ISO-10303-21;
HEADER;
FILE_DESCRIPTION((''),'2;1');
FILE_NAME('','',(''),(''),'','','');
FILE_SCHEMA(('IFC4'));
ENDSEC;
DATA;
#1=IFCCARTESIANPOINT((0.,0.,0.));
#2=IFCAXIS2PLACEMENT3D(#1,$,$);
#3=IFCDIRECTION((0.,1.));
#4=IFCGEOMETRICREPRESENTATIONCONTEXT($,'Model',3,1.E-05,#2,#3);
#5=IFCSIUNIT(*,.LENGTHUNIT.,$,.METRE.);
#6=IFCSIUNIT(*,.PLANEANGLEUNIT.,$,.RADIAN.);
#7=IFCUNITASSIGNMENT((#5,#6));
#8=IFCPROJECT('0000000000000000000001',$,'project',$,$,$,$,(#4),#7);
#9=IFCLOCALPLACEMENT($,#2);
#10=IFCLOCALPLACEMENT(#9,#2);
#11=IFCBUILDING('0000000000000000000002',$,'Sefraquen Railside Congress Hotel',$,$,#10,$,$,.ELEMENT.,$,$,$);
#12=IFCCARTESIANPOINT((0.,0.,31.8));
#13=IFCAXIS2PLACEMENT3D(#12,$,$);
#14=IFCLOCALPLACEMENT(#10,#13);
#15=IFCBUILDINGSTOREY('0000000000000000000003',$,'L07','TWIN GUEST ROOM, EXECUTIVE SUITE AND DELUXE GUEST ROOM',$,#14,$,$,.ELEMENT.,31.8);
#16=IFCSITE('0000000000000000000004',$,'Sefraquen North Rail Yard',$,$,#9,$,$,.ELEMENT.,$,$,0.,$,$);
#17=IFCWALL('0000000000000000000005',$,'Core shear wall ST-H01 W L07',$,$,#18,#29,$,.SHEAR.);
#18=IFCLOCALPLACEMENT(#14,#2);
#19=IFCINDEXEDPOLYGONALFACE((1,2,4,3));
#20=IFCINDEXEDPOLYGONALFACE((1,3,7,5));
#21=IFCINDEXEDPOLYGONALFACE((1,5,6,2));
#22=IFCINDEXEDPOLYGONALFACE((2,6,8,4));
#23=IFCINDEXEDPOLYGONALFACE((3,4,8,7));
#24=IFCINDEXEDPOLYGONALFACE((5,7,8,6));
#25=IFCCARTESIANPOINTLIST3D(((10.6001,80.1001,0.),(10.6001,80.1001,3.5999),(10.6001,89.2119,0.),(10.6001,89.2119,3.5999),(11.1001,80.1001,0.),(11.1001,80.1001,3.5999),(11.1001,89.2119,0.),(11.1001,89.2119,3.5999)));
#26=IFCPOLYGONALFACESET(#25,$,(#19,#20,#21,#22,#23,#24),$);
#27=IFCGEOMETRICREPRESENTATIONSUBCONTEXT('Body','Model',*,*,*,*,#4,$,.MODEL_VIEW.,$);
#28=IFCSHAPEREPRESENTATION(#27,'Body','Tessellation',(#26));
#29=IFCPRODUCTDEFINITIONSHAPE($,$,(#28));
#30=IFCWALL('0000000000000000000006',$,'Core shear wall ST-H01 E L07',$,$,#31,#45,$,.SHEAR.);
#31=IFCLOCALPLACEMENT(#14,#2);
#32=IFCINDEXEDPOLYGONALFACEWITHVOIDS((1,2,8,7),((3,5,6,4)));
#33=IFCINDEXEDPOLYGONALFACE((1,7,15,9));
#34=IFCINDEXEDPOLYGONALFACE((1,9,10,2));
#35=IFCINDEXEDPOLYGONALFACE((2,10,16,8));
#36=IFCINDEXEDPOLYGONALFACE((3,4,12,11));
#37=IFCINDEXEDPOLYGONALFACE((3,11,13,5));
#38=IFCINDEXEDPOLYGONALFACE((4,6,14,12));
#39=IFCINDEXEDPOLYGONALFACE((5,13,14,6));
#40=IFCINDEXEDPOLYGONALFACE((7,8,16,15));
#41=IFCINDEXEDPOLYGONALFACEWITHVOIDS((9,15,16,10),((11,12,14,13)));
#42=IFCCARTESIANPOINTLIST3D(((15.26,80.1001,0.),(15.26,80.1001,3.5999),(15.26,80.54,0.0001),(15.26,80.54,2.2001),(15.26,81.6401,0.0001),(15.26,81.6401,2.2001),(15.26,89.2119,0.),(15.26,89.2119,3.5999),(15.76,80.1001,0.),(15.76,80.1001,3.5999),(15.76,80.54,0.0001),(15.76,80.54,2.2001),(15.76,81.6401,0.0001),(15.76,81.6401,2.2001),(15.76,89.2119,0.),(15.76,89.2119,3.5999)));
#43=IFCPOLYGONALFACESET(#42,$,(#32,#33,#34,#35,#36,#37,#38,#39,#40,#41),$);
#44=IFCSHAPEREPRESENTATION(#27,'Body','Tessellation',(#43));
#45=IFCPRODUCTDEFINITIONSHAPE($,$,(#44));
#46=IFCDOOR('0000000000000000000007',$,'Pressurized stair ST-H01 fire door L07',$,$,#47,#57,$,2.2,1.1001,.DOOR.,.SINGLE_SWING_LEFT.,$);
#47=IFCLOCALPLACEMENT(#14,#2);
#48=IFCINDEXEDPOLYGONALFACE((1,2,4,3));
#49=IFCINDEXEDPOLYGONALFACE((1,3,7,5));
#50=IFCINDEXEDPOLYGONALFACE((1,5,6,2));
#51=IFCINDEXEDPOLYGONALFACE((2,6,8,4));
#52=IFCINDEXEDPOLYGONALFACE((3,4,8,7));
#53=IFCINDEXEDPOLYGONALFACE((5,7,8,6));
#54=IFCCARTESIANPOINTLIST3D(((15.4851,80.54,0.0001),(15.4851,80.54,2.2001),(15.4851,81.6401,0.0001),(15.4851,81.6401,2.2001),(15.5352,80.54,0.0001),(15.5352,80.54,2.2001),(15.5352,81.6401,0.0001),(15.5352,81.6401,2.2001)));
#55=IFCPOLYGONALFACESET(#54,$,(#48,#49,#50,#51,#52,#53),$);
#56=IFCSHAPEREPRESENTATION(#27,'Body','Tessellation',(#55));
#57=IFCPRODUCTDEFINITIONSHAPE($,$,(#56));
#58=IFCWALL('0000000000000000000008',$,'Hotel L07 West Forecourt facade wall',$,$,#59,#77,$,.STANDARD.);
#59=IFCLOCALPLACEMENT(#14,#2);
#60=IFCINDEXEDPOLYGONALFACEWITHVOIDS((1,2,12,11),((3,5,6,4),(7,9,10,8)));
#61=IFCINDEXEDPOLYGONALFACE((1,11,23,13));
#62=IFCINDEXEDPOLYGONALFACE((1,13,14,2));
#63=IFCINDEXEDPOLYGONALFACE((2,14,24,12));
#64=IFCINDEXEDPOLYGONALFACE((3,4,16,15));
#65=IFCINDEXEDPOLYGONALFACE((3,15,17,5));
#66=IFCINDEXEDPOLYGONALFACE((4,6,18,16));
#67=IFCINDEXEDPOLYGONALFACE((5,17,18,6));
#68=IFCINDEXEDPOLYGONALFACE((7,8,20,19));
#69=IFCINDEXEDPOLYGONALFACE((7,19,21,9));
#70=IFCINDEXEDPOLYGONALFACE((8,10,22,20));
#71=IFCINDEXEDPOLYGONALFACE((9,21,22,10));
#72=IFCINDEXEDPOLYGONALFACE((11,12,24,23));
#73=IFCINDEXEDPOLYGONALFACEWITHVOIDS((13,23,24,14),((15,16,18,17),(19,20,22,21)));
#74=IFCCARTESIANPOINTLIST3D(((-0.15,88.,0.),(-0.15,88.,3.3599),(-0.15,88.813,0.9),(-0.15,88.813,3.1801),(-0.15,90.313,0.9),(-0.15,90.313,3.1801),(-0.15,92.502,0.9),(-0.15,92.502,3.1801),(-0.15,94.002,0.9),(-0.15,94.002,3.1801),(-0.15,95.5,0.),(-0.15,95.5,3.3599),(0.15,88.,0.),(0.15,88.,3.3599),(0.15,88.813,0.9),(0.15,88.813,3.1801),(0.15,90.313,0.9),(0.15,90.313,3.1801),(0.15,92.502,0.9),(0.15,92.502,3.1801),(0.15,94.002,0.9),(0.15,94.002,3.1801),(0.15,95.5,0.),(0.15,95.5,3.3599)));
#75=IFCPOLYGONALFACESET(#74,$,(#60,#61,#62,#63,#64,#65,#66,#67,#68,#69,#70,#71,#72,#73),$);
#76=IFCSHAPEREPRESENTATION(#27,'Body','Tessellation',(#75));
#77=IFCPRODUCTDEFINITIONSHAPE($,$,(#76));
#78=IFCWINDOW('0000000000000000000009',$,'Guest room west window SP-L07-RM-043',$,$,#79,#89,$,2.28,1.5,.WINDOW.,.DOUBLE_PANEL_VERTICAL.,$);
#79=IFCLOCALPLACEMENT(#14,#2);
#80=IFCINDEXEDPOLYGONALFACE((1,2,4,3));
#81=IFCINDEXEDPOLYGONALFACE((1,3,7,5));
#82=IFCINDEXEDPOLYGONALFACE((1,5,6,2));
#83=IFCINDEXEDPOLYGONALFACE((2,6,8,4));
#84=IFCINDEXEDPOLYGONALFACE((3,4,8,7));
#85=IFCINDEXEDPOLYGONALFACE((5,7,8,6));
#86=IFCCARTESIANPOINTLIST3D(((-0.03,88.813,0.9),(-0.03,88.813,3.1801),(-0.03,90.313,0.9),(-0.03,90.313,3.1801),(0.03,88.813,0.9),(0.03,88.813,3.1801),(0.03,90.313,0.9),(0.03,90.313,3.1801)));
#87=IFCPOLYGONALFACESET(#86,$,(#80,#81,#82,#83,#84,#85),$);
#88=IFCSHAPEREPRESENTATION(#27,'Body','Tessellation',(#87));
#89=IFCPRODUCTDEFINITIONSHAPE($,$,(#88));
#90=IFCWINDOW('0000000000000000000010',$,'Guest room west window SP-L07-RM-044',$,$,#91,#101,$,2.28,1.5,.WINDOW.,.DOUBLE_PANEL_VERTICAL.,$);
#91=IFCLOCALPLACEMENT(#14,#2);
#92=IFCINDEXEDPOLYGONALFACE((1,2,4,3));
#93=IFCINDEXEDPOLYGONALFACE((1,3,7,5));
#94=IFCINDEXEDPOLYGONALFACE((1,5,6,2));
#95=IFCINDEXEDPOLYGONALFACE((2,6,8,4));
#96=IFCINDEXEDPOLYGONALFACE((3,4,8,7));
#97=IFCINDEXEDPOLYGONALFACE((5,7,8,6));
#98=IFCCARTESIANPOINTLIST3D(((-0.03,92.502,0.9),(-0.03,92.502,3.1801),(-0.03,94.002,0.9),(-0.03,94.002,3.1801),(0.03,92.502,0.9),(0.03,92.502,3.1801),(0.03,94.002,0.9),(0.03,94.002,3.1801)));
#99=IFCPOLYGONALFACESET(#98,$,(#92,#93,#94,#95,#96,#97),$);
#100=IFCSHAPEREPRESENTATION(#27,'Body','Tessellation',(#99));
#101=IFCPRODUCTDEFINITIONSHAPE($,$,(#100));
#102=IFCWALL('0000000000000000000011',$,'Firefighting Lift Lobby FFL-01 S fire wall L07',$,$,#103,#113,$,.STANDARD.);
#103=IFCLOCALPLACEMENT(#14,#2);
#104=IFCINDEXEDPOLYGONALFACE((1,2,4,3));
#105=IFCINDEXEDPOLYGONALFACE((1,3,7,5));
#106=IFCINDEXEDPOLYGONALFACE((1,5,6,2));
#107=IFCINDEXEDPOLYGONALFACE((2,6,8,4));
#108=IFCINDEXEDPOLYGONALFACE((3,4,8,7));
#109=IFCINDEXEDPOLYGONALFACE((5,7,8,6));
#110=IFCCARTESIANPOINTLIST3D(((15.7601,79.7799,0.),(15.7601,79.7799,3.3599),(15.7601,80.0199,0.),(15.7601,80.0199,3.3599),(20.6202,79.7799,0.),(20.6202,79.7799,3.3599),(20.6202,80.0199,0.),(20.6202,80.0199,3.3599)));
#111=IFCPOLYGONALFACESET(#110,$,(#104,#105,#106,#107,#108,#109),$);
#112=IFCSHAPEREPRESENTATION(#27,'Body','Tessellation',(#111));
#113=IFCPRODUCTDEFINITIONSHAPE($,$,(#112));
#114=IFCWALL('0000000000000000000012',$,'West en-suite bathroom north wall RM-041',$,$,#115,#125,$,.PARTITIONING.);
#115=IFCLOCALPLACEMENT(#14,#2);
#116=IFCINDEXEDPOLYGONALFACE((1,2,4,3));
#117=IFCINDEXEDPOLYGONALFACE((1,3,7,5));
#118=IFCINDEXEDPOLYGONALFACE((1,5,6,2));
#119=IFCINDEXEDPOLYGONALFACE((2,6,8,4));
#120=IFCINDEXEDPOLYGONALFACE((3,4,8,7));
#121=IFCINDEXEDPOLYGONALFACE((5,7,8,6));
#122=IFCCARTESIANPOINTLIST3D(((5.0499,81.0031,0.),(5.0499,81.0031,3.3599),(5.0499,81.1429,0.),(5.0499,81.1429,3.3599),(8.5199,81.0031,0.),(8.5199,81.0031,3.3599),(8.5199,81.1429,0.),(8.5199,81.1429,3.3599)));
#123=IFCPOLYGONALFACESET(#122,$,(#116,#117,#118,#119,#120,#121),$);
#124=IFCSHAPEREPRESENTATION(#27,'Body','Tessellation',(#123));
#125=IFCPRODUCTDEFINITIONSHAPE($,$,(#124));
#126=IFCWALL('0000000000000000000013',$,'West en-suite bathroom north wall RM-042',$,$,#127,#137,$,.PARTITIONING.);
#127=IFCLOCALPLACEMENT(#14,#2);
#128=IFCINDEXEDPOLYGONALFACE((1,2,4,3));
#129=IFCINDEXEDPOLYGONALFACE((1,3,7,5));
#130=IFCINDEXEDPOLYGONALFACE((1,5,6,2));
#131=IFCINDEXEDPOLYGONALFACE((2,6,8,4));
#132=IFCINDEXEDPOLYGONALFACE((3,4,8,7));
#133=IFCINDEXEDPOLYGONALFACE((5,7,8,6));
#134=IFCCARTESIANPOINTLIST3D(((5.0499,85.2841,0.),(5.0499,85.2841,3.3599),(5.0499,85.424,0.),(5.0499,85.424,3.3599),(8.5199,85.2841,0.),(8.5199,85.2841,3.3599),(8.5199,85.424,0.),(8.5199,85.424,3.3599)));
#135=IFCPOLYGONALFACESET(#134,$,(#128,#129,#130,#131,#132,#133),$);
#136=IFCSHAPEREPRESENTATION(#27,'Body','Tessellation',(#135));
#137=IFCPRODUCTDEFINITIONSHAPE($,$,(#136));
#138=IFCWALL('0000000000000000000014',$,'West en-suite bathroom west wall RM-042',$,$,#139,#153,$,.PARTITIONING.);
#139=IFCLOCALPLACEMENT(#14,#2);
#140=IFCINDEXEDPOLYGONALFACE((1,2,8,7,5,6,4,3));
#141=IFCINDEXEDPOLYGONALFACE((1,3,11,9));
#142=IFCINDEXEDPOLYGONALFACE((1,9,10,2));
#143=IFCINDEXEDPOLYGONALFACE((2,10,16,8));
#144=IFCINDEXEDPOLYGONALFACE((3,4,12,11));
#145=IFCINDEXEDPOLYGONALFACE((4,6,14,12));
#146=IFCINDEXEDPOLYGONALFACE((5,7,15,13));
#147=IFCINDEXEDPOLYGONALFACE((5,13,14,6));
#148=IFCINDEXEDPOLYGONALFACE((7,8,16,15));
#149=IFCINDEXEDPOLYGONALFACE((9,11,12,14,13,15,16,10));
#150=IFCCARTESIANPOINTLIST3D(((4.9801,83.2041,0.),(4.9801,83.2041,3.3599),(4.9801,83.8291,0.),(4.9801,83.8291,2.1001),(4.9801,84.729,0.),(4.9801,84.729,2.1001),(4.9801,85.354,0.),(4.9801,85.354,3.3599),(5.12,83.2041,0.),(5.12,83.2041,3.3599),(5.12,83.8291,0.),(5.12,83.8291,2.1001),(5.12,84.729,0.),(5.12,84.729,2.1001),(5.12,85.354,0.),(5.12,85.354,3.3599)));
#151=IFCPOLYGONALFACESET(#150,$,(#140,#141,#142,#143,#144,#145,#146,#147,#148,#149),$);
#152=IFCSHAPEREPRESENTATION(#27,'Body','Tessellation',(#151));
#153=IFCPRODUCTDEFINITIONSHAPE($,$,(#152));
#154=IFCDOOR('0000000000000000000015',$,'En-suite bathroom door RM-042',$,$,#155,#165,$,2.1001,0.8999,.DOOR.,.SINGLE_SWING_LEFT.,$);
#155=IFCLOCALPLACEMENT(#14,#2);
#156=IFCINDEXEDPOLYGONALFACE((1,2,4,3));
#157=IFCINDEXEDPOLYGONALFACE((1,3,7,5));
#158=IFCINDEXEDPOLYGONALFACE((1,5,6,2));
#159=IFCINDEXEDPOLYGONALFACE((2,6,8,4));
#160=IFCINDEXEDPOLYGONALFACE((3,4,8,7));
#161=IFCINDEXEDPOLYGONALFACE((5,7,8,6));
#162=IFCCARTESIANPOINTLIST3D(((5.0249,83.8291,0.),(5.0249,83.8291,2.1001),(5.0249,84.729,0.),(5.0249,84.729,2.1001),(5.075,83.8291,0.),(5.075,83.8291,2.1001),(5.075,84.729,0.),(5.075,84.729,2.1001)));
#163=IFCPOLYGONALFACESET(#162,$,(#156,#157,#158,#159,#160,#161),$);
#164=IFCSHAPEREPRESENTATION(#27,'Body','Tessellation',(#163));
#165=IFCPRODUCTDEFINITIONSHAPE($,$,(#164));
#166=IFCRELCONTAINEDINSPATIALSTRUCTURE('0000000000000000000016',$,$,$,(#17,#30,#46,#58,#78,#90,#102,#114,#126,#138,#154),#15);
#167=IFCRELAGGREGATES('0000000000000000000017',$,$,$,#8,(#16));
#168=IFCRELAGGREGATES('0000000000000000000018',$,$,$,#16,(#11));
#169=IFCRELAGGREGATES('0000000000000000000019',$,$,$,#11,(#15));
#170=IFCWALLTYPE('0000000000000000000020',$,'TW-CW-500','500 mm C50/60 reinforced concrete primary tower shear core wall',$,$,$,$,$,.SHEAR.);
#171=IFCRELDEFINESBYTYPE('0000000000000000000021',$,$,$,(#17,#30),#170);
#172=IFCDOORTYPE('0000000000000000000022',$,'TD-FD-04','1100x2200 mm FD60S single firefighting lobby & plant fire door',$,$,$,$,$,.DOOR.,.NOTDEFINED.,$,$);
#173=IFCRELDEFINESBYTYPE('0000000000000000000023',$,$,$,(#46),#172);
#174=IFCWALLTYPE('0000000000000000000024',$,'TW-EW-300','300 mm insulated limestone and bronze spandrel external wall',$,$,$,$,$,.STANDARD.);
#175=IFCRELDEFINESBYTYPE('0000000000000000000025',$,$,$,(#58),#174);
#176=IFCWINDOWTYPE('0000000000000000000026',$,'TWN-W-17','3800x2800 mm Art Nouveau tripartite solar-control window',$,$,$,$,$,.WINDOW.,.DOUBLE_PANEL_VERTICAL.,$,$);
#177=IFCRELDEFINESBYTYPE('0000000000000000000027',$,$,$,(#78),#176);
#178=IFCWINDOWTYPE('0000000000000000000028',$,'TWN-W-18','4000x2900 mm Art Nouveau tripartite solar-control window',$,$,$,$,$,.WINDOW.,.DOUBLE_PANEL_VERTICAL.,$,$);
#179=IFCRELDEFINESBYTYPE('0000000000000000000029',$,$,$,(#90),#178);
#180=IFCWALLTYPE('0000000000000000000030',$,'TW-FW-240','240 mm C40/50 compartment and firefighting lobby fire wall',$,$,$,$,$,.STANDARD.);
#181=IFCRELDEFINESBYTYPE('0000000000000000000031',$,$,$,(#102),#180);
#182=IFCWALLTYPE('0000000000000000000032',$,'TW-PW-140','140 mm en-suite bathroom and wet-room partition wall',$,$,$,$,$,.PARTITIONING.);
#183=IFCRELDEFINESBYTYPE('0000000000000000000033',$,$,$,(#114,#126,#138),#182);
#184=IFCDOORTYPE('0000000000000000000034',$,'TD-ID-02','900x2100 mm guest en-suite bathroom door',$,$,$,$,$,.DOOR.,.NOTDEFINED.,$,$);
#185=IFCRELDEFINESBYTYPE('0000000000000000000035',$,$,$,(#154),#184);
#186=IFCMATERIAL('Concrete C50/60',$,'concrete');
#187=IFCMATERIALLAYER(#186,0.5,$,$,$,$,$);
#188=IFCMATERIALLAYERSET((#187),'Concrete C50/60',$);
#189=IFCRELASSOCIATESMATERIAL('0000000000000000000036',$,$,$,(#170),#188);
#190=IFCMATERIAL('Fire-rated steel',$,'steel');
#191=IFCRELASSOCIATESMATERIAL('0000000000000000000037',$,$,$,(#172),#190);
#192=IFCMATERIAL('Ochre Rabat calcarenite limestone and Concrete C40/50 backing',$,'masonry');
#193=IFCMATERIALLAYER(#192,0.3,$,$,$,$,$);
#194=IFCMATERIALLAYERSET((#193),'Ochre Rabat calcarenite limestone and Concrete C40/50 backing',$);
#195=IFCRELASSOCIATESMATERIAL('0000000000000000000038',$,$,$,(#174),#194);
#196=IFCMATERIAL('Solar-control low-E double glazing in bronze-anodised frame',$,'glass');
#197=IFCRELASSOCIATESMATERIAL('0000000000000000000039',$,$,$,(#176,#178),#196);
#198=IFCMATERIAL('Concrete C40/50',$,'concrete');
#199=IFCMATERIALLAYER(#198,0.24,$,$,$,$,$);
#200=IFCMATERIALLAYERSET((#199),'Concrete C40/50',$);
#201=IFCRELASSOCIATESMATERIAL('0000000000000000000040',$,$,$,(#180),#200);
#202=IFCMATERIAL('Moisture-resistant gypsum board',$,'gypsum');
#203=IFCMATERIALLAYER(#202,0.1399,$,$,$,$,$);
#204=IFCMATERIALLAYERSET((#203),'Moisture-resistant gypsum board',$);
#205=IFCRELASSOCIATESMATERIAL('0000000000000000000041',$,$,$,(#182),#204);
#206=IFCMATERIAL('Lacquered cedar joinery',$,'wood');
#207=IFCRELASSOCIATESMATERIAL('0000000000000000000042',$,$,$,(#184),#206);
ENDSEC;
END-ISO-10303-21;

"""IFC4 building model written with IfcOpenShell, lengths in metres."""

from ifc_helpers import new_model, si_unit, direction, frame, frame_2d, origin, place, context, subcontext, project, spatial, rectangle, extrude, material, layer, layer_set, type_object, element, fill, save


model = new_model("IFC4")

# Units and contexts
model_context = context("Model", 3, precision=1e-05, world=origin(), true_north=direction((0.0, 1.0)))
body_context = subcontext(model_context, "Body", "Model", "MODEL_VIEW")
ifc_project = project(units=[si_unit("LENGTHUNIT", "METRE"), si_unit("PLANEANGLEUNIT", "RADIAN")], contexts=[model_context])

# Site, building, storey
site_placement = place(None, origin())
site = spatial("IfcSite", under=ifc_project, at=site_placement, Name="Sefraquen North Rail Yard", CompositionType="ELEMENT", RefElevation=0.0)
building_placement = place(site_placement, origin())
building = spatial("IfcBuilding", under=site, at=building_placement, Name="Sefraquen Railside Congress Hotel", CompositionType="ELEMENT")
storey_placement = place(building_placement, frame((0.0, 0.0, 31.8)))
storey = spatial("IfcBuildingStorey", under=building, at=storey_placement, Name="L07", Description="TWIN GUEST ROOM, EXECUTIVE SUITE AND DELUXE GUEST ROOM", CompositionType="ELEMENT", Elevation=31.8)

# Wall
ifc_material_1 = material(Name="Concrete C50/60", Category="concrete")
ifc_layer_1 = layer(ifc_material_1, 0.5)
ifc_layer_set_1 = layer_set([ifc_layer_1], Name="Concrete C50/60")
wall_type_1 = type_object("IfcWallType", Name="TW-CW-500", Description="500 mm C50/60 reinforced concrete primary tower shear core wall", PredefinedType="SHEAR", material=ifc_layer_set_1)
wall_1_placement = place(storey_placement, frame((10.8501, 80.1001, 0.0), z_axis=(0.0, 0.0, 1.0), x_axis=(0.0, 1.0, 0.0)))
element("IfcWall", 1, at=wall_1_placement, inside=storey, type_object=wall_type_1, Name="Core shear wall ST-H01 W L07", PredefinedType="SHEAR", context=body_context, shape_type="SweptSolid", body=[
    extrude(rectangle(XDim=9.1118, YDim=0.5, at=frame_2d((4.5559, 0.0))), origin(), (0.0, 0.0, 1.0), 3.5999),
])

# Wall, opening, door
wall_2_placement = place(storey_placement, frame((15.51, 80.1001, 0.0), z_axis=(0.0, 0.0, 1.0), x_axis=(0.0, 1.0, 0.0)))
wall_2 = element("IfcWall", 2, at=wall_2_placement, inside=storey, type_object=wall_type_1, Name="Core shear wall ST-H01 E L07", PredefinedType="SHEAR", context=body_context, shape_type="SweptSolid", body=[
    extrude(rectangle(XDim=9.1118, YDim=0.5, at=frame_2d((4.5559, 0.0))), origin(), (0.0, 0.0, 1.0), 3.5999),
])
opening_1_placement = place(wall_2_placement, frame((0.4399, 0.0, 0.0)))
opening_1 = element("IfcOpeningElement", 3, at=opening_1_placement, cuts=wall_2, PredefinedType="OPENING", context=body_context, shape_type="SweptSolid", body=[
    extrude(rectangle(XDim=1.1001, YDim=2.2, at=frame_2d((0.55, 1.1001))), frame((0.0, 0.26, 0.0), z_axis=(0.0, -1.0, 0.0), x_axis=(1.0, 0.0, 0.0)), (0.0, 0.0, 1.0), 0.52),
])
ifc_material_2 = material(Name="Fire-rated steel", Category="steel")
door_type_1 = type_object("IfcDoorType", Name="TD-FD-04", Description="1100x2200 mm FD60S single firefighting lobby & plant fire door", OperationType="NOTDEFINED", PredefinedType="DOOR", material=ifc_material_2)
door_1_placement = place(opening_1_placement, origin())
door_1 = element("IfcDoor", 4, at=door_1_placement, inside=storey, type_object=door_type_1, Name="Pressurized stair ST-H01 fire door L07", OperationType="SINGLE_SWING_LEFT", OverallHeight=2.2, OverallWidth=1.1001, PredefinedType="DOOR", context=body_context, shape_type="SweptSolid", body=[
    extrude(rectangle(XDim=1.1001, YDim=2.2, at=frame_2d((0.55, 1.1001))), frame((0.0, 0.0249, 0.0), z_axis=(0.0, -1.0, 0.0), x_axis=(1.0, 0.0, 0.0)), (0.0, 0.0, 1.0), 0.05),
])
fill(opening_1, door_1)

# Wall, openings, windows
ifc_material_3 = material(Name="Ochre Rabat calcarenite limestone and Concrete C40/50 backing", Category="masonry")
ifc_layer_2 = layer(ifc_material_3, 0.3)
ifc_layer_set_2 = layer_set([ifc_layer_2], Name="Ochre Rabat calcarenite limestone and Concrete C40/50 backing")
wall_type_2 = type_object("IfcWallType", Name="TW-EW-300", Description="300 mm insulated limestone and bronze spandrel external wall", PredefinedType="STANDARD", material=ifc_layer_set_2)
wall_3_placement = place(storey_placement, frame((0.0, 88.0, 0.0), z_axis=(0.0, 0.0, 1.0), x_axis=(0.0, 1.0, 0.0)))
wall_3 = element("IfcWall", 5, at=wall_3_placement, inside=storey, type_object=wall_type_2, Name="Hotel L07 West Forecourt facade wall", PredefinedType="STANDARD", context=body_context, shape_type="SweptSolid", body=[
    extrude(rectangle(XDim=7.5, YDim=0.3, at=frame_2d((3.75, 0.0))), origin(), (0.0, 0.0, 1.0), 3.3599),
])
opening_2_placement = place(wall_3_placement, frame((0.813, 0.0, 0.8999)))
opening_2 = element("IfcOpeningElement", 6, at=opening_2_placement, cuts=wall_3, PredefinedType="OPENING", context=body_context, shape_type="SweptSolid", body=[
    extrude(rectangle(XDim=1.5, YDim=2.28, at=frame_2d((0.75, 1.1401))), frame((0.0, 0.1599, 0.0), z_axis=(0.0, -1.0, 0.0), x_axis=(1.0, 0.0, 0.0)), (0.0, 0.0, 1.0), 0.3201),
])
opening_3_placement = place(wall_3_placement, frame((4.502, 0.0, 0.8999)))
opening_3 = element("IfcOpeningElement", 7, at=opening_3_placement, cuts=wall_3, PredefinedType="OPENING", context=body_context, shape_type="SweptSolid", body=[
    extrude(rectangle(XDim=1.5, YDim=2.28, at=frame_2d((0.75, 1.1401))), frame((0.0, 0.1599, 0.0), z_axis=(0.0, -1.0, 0.0), x_axis=(1.0, 0.0, 0.0)), (0.0, 0.0, 1.0), 0.3201),
])
ifc_material_4 = material(Name="Solar-control low-E double glazing in bronze-anodised frame", Category="glass")
window_type_1 = type_object("IfcWindowType", Name="TWN-W-17", Description="3800x2800 mm Art Nouveau tripartite solar-control window", PartitioningType="DOUBLE_PANEL_VERTICAL", PredefinedType="WINDOW", material=ifc_material_4)
window_1_placement = place(opening_2_placement, origin())
window_1 = element("IfcWindow", 8, at=window_1_placement, inside=storey, type_object=window_type_1, Name="Guest room west window SP-L07-RM-043", OverallHeight=2.28, OverallWidth=1.5, PartitioningType="DOUBLE_PANEL_VERTICAL", PredefinedType="WINDOW", context=body_context, shape_type="SweptSolid", body=[
    extrude(rectangle(XDim=1.5, YDim=2.28, at=frame_2d((0.75, 1.1401))), frame((0.0, 0.03, 0.0), z_axis=(0.0, -1.0, 0.0), x_axis=(1.0, 0.0, 0.0)), (0.0, 0.0, 1.0), 0.0601),
])
fill(opening_2, window_1)
window_type_2 = type_object("IfcWindowType", Name="TWN-W-18", Description="4000x2900 mm Art Nouveau tripartite solar-control window", PartitioningType="DOUBLE_PANEL_VERTICAL", PredefinedType="WINDOW", material=ifc_material_4)
window_2_placement = place(opening_3_placement, origin())
window_2 = element("IfcWindow", 9, at=window_2_placement, inside=storey, type_object=window_type_2, Name="Guest room west window SP-L07-RM-044", OverallHeight=2.28, OverallWidth=1.5, PartitioningType="DOUBLE_PANEL_VERTICAL", PredefinedType="WINDOW", context=body_context, shape_type="SweptSolid", body=[
    extrude(rectangle(XDim=1.5, YDim=2.28, at=frame_2d((0.75, 1.1401))), frame((0.0, 0.03, 0.0), z_axis=(0.0, -1.0, 0.0), x_axis=(1.0, 0.0, 0.0)), (0.0, 0.0, 1.0), 0.0601),
])
fill(opening_3, window_2)

# Walls
ifc_material_5 = material(Name="Concrete C40/50", Category="concrete")
ifc_layer_3 = layer(ifc_material_5, 0.24)
ifc_layer_set_3 = layer_set([ifc_layer_3], Name="Concrete C40/50")
wall_type_3 = type_object("IfcWallType", Name="TW-FW-240", Description="240 mm C40/50 compartment and firefighting lobby fire wall", PredefinedType="STANDARD", material=ifc_layer_set_3)
wall_4_placement = place(storey_placement, frame((15.76, 79.8999, 0.0), z_axis=(0.0, 0.0, 1.0), x_axis=(1.0, 0.0, 0.0)))
element("IfcWall", 10, at=wall_4_placement, inside=storey, type_object=wall_type_3, Name="Firefighting Lift Lobby FFL-01 S fire wall L07", PredefinedType="STANDARD", context=body_context, shape_type="SweptSolid", body=[
    extrude(rectangle(XDim=4.8601, YDim=0.24, at=frame_2d((2.4302, 0.0))), origin(), (0.0, 0.0, 1.0), 3.3599),
])
ifc_material_6 = material(Name="Moisture-resistant gypsum board", Category="gypsum")
ifc_layer_4 = layer(ifc_material_6, 0.1399)
ifc_layer_set_4 = layer_set([ifc_layer_4], Name="Moisture-resistant gypsum board")
wall_type_4 = type_object("IfcWallType", Name="TW-PW-140", Description="140 mm en-suite bathroom and wet-room partition wall", PredefinedType="PARTITIONING", material=ifc_layer_set_4)
for number, where, z_axis, x_axis, name in (
    (11, (5.05, 81.073, 0.0), (0.0, 0.0, 1.0), (1.0, 0.0, 0.0), "West en-suite bathroom north wall RM-041"),
    (12, (5.05, 85.354, 0.0), (0.0, 0.0, 1.0), (1.0, 0.0, 0.0), "West en-suite bathroom north wall RM-042"),
):
    element("IfcWall", number, at=place(storey_placement, frame(where, z_axis=z_axis, x_axis=x_axis)), inside=storey, type_object=wall_type_4, Name=name, PredefinedType="PARTITIONING", context=body_context, shape_type="SweptSolid", body=[
        extrude(rectangle(XDim=3.47, YDim=0.1399, at=frame_2d((1.7349, 0.0))), origin(), (0.0, 0.0, 1.0), 3.3599),
    ])

# Wall, opening, door
wall_5_placement = place(storey_placement, frame((5.05, 83.2041, 0.0), z_axis=(0.0, 0.0, 1.0), x_axis=(0.0, 1.0, 0.0)))
wall_5 = element("IfcWall", 13, at=wall_5_placement, inside=storey, type_object=wall_type_4, Name="West en-suite bathroom west wall RM-042", PredefinedType="PARTITIONING", context=body_context, shape_type="SweptSolid", body=[
    extrude(rectangle(XDim=2.1499, YDim=0.1399, at=frame_2d((1.075, 0.0))), origin(), (0.0, 0.0, 1.0), 3.3599),
])
opening_4_placement = place(wall_5_placement, frame((0.625, 0.0, 0.0)))
opening_4 = element("IfcOpeningElement", 14, at=opening_4_placement, cuts=wall_5, PredefinedType="OPENING", context=body_context, shape_type="SweptSolid", body=[
    extrude(rectangle(XDim=0.8999, YDim=2.1001, at=frame_2d((0.45, 1.05))), frame((0.0, 0.0798, 0.0), z_axis=(0.0, -1.0, 0.0), x_axis=(1.0, 0.0, 0.0)), (0.0, 0.0, 1.0), 0.1599),
])
ifc_material_7 = material(Name="Lacquered cedar joinery", Category="wood")
door_type_2 = type_object("IfcDoorType", Name="TD-ID-02", Description="900x2100 mm guest en-suite bathroom door", OperationType="NOTDEFINED", PredefinedType="DOOR", material=ifc_material_7)
door_2_placement = place(opening_4_placement, frame((0.8999, 0.0, 0.0), z_axis=(0.0, 0.0, 1.0), x_axis=(-1.0, 0.0, 0.0)))
door_2 = element("IfcDoor", 15, at=door_2_placement, inside=storey, type_object=door_type_2, Name="En-suite bathroom door RM-042", OperationType="SINGLE_SWING_LEFT", OverallHeight=2.1001, OverallWidth=0.8999, PredefinedType="DOOR", context=body_context, shape_type="SweptSolid", body=[
    extrude(rectangle(XDim=0.8999, YDim=2.1001, at=frame_2d((0.45, 1.05))), frame((0.0, 0.0249, 0.0), z_axis=(0.0, -1.0, 0.0), x_axis=(1.0, 0.0, 0.0)), (0.0, 0.0, 1.0), 0.05),
])
fill(opening_4, door_2)

save(model, "model.ifc")
